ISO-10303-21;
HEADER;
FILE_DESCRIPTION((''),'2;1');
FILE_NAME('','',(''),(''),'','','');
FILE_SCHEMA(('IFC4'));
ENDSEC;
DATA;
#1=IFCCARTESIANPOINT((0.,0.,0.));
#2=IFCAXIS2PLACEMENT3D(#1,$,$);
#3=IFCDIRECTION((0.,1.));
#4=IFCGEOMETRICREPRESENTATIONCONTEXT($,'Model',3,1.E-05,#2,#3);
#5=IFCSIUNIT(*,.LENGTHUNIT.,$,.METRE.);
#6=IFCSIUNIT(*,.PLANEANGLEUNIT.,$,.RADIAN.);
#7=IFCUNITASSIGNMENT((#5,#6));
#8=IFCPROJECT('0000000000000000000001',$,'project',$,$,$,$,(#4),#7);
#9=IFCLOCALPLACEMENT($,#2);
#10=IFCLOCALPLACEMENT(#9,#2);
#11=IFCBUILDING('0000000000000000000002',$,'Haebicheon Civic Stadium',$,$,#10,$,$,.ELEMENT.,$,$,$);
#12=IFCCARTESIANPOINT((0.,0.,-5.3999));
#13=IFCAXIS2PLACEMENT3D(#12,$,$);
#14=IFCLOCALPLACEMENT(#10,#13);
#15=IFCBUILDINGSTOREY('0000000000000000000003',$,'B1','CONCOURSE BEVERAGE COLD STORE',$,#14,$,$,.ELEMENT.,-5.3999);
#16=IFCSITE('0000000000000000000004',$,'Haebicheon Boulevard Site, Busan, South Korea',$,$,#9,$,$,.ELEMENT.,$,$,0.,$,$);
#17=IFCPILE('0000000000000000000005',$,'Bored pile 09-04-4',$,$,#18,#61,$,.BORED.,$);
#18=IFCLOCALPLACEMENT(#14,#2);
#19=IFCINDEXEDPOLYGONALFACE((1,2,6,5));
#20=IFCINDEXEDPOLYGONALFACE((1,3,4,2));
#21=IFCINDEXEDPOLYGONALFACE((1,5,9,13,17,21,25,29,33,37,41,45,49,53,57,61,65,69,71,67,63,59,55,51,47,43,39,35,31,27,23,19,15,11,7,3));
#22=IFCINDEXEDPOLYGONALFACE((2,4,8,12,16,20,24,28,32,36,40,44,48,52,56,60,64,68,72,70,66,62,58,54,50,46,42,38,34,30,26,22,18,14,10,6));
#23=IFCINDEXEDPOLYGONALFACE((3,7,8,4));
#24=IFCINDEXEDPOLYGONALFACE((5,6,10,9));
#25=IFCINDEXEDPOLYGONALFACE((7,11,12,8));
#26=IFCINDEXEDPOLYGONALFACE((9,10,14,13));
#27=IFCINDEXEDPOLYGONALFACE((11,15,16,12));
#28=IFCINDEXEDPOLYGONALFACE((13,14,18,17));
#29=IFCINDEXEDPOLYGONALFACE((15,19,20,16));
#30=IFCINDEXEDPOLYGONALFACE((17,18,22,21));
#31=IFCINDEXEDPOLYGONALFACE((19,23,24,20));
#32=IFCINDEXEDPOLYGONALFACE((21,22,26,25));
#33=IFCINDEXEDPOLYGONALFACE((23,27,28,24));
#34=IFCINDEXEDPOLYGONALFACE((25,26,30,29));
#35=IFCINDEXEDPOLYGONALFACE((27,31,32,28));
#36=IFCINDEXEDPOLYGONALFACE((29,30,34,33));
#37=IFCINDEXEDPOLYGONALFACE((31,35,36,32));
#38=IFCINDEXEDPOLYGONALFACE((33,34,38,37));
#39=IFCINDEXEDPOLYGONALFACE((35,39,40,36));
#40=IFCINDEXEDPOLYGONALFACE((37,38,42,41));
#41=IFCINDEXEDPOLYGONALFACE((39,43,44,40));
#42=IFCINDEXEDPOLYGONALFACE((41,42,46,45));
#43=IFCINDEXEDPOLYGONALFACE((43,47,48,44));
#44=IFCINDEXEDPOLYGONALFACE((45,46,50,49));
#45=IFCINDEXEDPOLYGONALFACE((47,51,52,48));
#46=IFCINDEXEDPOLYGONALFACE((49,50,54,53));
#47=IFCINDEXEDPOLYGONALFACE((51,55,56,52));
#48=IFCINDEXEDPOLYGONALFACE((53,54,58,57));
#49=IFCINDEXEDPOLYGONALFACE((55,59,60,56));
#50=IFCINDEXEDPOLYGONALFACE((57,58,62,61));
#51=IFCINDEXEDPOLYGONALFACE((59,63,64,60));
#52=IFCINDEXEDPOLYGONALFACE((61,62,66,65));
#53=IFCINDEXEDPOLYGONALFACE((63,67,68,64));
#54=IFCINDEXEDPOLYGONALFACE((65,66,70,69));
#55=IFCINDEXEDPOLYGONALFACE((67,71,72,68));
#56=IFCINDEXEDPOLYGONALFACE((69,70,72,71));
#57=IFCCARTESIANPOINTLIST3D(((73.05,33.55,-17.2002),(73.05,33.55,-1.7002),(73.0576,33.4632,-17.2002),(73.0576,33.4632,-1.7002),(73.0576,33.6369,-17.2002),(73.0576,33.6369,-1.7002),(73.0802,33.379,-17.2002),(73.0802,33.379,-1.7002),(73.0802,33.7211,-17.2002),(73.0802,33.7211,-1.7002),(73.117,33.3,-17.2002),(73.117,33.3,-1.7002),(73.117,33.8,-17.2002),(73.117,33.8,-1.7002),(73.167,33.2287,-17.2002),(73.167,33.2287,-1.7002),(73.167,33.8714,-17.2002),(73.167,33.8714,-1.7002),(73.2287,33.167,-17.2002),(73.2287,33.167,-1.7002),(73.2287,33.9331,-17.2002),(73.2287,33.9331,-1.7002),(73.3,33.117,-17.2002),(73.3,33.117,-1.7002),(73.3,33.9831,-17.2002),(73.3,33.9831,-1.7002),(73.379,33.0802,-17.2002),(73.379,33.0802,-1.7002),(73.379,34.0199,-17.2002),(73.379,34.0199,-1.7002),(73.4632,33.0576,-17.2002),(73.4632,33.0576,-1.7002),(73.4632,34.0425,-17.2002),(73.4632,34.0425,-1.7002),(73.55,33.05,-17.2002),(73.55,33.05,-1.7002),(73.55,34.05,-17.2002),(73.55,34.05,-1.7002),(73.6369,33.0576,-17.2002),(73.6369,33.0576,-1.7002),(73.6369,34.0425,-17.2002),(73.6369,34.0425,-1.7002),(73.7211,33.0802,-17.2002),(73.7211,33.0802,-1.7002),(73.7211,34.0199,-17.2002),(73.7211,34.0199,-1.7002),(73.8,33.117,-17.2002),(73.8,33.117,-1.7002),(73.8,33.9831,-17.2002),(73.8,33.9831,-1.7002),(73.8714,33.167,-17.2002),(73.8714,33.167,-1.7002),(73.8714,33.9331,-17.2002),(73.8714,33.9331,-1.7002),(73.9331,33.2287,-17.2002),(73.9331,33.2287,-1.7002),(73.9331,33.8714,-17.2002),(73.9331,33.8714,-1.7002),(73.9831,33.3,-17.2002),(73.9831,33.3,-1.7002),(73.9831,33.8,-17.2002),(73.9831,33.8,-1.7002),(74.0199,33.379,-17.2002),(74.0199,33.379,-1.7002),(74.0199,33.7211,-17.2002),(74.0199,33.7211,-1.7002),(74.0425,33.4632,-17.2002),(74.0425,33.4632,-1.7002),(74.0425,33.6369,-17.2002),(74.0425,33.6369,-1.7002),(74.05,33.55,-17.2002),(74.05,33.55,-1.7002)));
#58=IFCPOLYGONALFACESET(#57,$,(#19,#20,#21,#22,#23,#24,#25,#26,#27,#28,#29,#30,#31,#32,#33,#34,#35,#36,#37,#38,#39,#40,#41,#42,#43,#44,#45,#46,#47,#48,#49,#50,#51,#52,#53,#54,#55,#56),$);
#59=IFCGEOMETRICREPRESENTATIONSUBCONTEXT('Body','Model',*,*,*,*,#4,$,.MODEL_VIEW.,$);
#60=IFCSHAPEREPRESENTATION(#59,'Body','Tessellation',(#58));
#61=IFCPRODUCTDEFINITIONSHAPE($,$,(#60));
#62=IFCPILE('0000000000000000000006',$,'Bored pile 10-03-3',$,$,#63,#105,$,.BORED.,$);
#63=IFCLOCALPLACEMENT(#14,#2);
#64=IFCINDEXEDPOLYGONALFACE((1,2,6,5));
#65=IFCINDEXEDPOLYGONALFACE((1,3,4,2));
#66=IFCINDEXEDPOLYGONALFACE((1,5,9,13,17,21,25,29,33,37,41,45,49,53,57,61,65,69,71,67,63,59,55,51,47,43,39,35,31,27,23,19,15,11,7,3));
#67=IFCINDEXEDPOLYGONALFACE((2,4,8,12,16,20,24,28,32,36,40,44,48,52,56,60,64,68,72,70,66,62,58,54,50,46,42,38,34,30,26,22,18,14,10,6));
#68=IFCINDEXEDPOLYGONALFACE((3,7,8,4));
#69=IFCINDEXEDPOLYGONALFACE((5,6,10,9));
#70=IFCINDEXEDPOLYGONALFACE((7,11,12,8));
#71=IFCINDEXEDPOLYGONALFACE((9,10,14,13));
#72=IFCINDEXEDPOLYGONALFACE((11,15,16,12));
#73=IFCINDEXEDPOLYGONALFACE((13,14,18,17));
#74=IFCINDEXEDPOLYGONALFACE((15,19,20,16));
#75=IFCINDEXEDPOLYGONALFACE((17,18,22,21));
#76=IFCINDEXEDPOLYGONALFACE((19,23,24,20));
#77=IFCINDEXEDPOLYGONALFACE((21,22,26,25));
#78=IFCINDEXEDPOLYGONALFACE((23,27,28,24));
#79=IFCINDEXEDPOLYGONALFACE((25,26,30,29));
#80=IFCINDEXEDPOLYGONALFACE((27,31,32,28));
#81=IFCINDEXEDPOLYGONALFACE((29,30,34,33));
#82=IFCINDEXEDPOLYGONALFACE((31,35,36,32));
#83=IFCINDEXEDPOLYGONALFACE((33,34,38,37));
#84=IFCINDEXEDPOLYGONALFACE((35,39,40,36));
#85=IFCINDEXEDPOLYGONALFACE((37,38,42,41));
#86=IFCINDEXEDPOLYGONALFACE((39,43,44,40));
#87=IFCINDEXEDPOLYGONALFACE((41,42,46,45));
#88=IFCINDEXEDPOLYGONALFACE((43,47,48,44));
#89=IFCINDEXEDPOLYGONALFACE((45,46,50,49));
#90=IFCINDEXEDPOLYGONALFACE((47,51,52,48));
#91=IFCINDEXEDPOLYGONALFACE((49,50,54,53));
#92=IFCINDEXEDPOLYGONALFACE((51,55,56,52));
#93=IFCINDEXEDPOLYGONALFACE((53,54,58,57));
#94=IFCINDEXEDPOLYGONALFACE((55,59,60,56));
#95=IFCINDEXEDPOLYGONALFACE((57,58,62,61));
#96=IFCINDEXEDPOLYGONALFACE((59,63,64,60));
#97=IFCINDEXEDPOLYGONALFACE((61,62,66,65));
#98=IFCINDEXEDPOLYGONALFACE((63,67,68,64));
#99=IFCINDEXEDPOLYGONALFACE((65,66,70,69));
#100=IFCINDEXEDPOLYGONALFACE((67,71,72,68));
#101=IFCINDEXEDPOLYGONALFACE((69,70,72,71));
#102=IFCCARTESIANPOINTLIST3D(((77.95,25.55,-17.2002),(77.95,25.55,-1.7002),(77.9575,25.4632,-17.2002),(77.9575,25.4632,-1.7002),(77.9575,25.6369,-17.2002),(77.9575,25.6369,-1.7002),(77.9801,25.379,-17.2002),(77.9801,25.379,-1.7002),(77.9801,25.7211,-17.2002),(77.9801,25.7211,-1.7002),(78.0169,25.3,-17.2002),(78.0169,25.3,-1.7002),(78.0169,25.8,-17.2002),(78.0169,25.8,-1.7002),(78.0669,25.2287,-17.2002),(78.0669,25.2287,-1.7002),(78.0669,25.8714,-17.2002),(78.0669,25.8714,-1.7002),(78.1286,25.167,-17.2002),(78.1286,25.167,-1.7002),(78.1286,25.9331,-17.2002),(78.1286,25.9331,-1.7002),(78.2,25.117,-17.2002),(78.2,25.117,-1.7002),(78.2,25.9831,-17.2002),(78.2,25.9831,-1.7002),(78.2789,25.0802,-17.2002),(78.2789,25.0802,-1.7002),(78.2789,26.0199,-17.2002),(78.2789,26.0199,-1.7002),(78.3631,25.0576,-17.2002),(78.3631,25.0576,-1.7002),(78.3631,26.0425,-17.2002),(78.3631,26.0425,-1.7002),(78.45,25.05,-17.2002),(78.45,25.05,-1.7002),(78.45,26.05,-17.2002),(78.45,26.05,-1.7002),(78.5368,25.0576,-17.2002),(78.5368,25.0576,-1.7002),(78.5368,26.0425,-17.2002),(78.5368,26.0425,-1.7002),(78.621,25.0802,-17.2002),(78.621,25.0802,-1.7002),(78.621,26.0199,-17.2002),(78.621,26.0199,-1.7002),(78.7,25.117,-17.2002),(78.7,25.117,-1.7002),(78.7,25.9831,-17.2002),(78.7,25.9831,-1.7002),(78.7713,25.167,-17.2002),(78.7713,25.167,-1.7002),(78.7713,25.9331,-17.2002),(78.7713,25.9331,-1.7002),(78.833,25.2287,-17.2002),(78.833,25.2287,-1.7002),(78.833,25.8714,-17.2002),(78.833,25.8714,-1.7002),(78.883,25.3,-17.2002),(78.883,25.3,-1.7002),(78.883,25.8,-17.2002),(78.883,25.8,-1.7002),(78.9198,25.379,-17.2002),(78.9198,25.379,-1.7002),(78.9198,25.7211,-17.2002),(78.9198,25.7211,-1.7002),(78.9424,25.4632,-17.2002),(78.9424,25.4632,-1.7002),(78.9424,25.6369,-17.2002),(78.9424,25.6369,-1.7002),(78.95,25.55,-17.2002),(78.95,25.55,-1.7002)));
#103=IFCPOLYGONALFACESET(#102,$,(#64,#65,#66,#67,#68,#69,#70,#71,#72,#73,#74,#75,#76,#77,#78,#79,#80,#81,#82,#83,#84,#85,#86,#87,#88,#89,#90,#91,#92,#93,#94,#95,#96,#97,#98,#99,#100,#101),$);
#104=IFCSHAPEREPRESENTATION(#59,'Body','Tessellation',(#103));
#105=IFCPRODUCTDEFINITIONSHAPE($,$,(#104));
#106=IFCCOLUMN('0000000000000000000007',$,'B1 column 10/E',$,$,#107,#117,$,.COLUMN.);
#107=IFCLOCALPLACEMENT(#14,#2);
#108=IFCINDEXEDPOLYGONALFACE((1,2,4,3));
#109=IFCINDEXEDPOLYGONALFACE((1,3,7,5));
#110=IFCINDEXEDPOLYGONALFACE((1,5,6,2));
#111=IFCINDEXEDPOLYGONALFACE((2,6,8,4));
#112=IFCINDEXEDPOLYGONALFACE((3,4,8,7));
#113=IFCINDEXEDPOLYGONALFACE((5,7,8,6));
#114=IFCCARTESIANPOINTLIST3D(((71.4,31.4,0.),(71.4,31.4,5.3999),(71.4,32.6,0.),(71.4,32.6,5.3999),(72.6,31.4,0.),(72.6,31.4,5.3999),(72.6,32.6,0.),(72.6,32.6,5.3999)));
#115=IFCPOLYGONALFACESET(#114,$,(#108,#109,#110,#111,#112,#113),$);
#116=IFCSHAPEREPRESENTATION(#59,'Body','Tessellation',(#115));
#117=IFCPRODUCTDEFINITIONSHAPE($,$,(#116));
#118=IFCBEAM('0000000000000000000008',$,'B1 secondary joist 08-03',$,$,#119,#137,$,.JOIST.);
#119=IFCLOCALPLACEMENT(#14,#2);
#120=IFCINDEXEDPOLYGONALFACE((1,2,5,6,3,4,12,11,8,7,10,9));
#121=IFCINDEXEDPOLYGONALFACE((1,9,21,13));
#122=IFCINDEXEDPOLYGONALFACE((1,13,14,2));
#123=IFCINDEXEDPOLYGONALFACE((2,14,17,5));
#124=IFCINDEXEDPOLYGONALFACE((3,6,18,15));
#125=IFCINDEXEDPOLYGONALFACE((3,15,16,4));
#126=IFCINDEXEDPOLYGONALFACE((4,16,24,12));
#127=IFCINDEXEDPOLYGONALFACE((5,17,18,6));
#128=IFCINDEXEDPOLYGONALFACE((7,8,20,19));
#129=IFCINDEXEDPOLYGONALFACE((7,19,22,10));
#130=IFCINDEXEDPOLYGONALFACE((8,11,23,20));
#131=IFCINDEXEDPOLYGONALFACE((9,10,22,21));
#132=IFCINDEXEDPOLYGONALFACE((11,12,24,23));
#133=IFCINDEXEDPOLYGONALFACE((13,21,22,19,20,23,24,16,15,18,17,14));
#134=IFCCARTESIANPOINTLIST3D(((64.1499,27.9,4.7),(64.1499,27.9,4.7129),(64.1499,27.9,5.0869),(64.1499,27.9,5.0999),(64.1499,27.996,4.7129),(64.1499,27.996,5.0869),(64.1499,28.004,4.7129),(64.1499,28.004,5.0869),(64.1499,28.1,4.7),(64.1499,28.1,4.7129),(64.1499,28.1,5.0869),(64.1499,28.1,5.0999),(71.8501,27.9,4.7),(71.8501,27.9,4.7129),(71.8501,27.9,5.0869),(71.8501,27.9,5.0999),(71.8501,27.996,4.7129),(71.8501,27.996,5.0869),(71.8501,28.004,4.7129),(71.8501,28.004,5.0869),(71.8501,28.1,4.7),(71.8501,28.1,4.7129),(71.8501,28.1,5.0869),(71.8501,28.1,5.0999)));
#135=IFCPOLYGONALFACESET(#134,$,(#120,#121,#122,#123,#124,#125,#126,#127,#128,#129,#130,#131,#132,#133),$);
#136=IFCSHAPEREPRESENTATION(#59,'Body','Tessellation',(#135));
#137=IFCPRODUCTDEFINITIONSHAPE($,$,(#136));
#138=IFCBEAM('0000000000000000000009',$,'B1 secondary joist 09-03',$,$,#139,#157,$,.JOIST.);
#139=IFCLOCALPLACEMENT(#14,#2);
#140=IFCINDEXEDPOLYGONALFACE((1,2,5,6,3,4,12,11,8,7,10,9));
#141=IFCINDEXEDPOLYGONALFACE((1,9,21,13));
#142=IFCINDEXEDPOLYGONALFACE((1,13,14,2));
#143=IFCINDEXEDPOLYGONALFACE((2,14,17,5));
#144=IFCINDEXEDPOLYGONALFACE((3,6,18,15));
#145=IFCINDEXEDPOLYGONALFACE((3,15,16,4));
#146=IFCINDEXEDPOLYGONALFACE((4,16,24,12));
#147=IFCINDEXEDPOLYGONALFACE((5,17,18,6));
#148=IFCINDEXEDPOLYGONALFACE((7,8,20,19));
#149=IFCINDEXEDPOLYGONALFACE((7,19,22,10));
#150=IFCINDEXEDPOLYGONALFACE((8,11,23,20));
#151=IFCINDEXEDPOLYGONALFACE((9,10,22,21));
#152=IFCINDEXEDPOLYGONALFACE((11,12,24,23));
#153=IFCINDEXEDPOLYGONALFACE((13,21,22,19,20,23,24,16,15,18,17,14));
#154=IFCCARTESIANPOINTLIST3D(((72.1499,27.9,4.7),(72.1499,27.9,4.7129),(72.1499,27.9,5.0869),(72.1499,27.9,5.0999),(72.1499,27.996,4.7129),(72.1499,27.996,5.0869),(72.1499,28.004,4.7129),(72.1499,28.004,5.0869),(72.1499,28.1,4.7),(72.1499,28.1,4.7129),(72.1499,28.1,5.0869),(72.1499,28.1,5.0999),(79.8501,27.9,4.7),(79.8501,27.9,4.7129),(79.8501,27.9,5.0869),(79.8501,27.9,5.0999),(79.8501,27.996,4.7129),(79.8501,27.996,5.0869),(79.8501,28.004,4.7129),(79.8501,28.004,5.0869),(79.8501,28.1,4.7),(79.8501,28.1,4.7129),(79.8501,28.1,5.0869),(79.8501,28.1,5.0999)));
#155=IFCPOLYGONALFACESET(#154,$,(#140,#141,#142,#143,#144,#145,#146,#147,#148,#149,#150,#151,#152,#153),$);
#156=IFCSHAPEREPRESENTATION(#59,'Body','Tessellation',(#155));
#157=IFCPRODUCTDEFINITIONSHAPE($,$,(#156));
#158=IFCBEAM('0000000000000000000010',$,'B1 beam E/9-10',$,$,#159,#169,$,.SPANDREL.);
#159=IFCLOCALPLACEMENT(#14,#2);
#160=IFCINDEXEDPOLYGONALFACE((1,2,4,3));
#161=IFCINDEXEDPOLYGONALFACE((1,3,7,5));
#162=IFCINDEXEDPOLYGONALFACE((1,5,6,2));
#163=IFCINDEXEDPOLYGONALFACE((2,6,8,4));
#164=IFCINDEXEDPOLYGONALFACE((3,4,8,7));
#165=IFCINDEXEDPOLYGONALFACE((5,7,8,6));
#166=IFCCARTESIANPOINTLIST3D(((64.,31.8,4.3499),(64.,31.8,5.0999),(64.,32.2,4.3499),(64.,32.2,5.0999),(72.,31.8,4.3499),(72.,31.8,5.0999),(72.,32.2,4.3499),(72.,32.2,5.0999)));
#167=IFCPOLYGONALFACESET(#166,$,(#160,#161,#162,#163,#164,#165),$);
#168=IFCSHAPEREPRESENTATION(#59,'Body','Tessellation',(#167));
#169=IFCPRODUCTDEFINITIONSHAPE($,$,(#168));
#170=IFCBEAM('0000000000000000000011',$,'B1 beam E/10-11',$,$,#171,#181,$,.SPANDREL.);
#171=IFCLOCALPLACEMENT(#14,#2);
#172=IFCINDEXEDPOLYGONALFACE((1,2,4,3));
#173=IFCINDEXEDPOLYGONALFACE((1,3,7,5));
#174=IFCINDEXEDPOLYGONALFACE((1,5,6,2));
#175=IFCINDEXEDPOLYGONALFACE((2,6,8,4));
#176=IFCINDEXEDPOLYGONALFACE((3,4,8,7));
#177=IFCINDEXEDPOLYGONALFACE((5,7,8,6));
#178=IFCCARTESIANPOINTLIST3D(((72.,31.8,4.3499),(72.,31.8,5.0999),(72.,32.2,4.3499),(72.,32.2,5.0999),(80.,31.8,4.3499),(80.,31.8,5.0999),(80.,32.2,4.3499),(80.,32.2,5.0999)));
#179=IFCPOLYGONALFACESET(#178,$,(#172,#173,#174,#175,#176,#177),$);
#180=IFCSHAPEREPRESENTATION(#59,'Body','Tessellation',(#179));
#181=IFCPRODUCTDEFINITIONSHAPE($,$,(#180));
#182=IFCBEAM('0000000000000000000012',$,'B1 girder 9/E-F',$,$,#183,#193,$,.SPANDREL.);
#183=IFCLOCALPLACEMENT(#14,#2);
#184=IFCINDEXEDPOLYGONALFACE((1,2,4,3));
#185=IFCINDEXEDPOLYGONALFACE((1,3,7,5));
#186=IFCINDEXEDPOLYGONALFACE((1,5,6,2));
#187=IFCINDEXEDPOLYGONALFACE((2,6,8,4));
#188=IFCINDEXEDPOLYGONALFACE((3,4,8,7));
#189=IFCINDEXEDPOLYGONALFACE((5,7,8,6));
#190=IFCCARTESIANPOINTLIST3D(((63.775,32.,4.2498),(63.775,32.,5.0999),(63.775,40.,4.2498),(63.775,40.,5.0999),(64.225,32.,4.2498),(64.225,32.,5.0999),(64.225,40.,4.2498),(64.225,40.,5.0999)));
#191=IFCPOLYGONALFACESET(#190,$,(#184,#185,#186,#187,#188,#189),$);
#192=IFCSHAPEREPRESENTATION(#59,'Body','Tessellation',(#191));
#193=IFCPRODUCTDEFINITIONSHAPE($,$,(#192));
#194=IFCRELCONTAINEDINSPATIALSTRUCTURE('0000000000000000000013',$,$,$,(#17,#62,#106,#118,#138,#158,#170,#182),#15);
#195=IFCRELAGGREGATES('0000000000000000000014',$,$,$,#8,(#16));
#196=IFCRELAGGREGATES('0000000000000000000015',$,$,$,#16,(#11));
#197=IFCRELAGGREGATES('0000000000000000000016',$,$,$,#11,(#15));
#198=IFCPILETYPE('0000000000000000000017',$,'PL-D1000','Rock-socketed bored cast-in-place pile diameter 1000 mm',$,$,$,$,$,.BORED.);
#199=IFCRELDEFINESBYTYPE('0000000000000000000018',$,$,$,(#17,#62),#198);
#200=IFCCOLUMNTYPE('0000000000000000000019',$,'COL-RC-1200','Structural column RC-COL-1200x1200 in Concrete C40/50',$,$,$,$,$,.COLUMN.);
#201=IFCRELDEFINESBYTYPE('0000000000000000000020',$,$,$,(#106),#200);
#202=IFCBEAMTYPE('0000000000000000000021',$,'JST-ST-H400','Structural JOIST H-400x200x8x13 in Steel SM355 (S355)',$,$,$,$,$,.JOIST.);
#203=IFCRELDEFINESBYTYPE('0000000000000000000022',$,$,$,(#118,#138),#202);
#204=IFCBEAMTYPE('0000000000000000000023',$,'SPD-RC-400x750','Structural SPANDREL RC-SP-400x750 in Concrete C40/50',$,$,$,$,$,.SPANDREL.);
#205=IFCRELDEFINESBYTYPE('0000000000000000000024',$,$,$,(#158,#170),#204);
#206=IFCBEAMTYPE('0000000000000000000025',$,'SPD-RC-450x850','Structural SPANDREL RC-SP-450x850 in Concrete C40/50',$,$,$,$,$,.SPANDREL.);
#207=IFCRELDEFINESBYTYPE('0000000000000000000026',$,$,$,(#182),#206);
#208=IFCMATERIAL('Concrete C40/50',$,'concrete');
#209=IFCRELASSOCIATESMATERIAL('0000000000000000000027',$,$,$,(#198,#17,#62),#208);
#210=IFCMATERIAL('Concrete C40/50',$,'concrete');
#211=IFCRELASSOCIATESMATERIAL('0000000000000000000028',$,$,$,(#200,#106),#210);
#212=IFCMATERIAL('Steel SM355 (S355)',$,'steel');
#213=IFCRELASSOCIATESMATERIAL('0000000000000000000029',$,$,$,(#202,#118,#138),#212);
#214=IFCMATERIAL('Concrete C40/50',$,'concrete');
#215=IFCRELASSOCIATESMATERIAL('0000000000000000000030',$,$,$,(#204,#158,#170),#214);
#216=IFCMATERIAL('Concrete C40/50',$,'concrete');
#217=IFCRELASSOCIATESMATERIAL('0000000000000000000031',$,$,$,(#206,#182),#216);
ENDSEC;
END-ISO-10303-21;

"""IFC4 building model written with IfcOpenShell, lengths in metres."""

from ifc_helpers import new_model, si_unit, direction, frame, origin, origin_2d, place, context, subcontext, project, spatial, rectangle, circle, i_section, extrude, material, material_profile, profile_set, type_object, element, save


model = new_model("IFC4")

# Units and contexts
model_context = context("Model", 3, precision=1e-05, world=origin(), true_north=direction((0.0, 1.0)))
body_context = subcontext(model_context, "Body", "Model", "MODEL_VIEW")
ifc_project = project(units=[si_unit("LENGTHUNIT", "METRE"), si_unit("PLANEANGLEUNIT", "RADIAN")], contexts=[model_context])

# Site, building, storey
site_placement = place(None, origin())
site = spatial("IfcSite", under=ifc_project, at=site_placement, Name="Haebicheon Boulevard Site, Busan, South Korea", CompositionType="ELEMENT", RefElevation=0.0)
building_placement = place(site_placement, origin())
building = spatial("IfcBuilding", under=site, at=building_placement, Name="Haebicheon Civic Stadium", CompositionType="ELEMENT")
storey_placement = place(building_placement, frame((0.0, 0.0, -5.3999)))
storey = spatial("IfcBuildingStorey", under=building, at=storey_placement, Name="B1", Description="CONCOURSE BEVERAGE COLD STORE", CompositionType="ELEMENT", Elevation=-5.3999)

# Piles
ifc_material_1 = material(Name="Concrete C40/50", Category="concrete")
ifc_material_profile_1 = material_profile(ifc_material_1, circle(Radius=0.5, at=origin_2d()), Name="PILE-D1000")
ifc_profile_set_1 = profile_set([ifc_material_profile_1], Name="Concrete C40/50")
pile_type = type_object("IfcPileType", Name="PL-D1000", Description="Rock-socketed bored cast-in-place pile diameter 1000 mm", PredefinedType="BORED", material=ifc_profile_set_1)
for number, where, z_axis, x_axis, name in (
    (1, (73.55, 33.55, -1.7002), (0.0, 0.0, -1.0), (1.0, 0.0, 0.0), "Bored pile 09-04-4"),
    (2, (78.45, 25.55, -1.7002), (0.0, 0.0, -1.0), (1.0, 0.0, 0.0), "Bored pile 10-03-3"),
):
    element("IfcPile", number, at=place(storey_placement, frame(where, z_axis=z_axis, x_axis=x_axis)), inside=storey, type_object=pile_type, material=ifc_profile_set_1, Name=name, PredefinedType="BORED", context=body_context, shape_type="SweptSolid", body=[
        extrude(circle(Radius=0.5, at=origin_2d()), origin(), (0.0, 0.0, 1.0), 15.5),
    ])

# Column
ifc_material_2 = material(Name="Concrete C40/50", Category="concrete")
ifc_material_profile_2 = material_profile(ifc_material_2, rectangle(XDim=1.2, YDim=1.2, at=origin_2d()), Name="RC-COL-1200x1200")
ifc_profile_set_2 = profile_set([ifc_material_profile_2], Name="Concrete C40/50")
column_type = type_object("IfcColumnType", Name="COL-RC-1200", Description="Structural column RC-COL-1200x1200 in Concrete C40/50", PredefinedType="COLUMN", material=ifc_profile_set_2)
column_placement = place(storey_placement, frame((72.0, 32.0, 0.0), z_axis=(0.0, 0.0, 1.0), x_axis=(1.0, 0.0, 0.0)))
element("IfcColumn", 3, at=column_placement, inside=storey, type_object=column_type, material=ifc_profile_set_2, Name="B1 column 10/E", PredefinedType="COLUMN", context=body_context, shape_type="SweptSolid", body=[
    extrude(rectangle(XDim=1.2, YDim=1.2, at=origin_2d()), origin(), (0.0, 0.0, 1.0), 5.3999),
])

# Beams
ifc_material_3 = material(Name="Steel SM355 (S355)", Category="steel")
ifc_material_profile_3 = material_profile(ifc_material_3, i_section(OverallWidth=0.2, OverallDepth=0.3999, WebThickness=0.0081, FlangeThickness=0.0129, at=origin_2d()), Name="H-400x200x8x13")
ifc_profile_set_3 = profile_set([ifc_material_profile_3], Name="Steel SM355 (S355)")
beam_type_1 = type_object("IfcBeamType", Name="JST-ST-H400", Description="Structural JOIST H-400x200x8x13 in Steel SM355 (S355)", PredefinedType="JOIST", material=ifc_profile_set_3)
for number, where, z_axis, x_axis, name in (
    (4, (64.1499, 28.0, 4.8999), (1.0, 0.0, 0.0), (0.0, 1.0, 0.0), "B1 secondary joist 08-03"),
    (5, (72.1499, 28.0, 4.8999), (1.0, 0.0, 0.0), (0.0, 1.0, 0.0), "B1 secondary joist 09-03"),
):
    element("IfcBeam", number, at=place(storey_placement, frame(where, z_axis=z_axis, x_axis=x_axis)), inside=storey, type_object=beam_type_1, material=ifc_profile_set_3, Name=name, PredefinedType="JOIST", context=body_context, shape_type="SweptSolid", body=[
        extrude(i_section(OverallWidth=0.2, OverallDepth=0.3999, WebThickness=0.0081, FlangeThickness=0.0129, at=origin_2d()), origin(), (0.0, 0.0, 1.0), 7.7002),
    ])
ifc_material_4 = material(Name="Concrete C40/50", Category="concrete")
ifc_material_profile_4 = material_profile(ifc_material_4, rectangle(XDim=0.3999, YDim=0.75, at=origin_2d()), Name="RC-SP-400x750")
ifc_profile_set_4 = profile_set([ifc_material_profile_4], Name="Concrete C40/50")
beam_type_2 = type_object("IfcBeamType", Name="SPD-RC-400x750", Description="Structural SPANDREL RC-SP-400x750 in Concrete C40/50", PredefinedType="SPANDREL", material=ifc_profile_set_4)
for number, where, z_axis, x_axis, name in (
    (6, (64.0, 32.0, 4.7249), (1.0, 0.0, 0.0), (0.0, 1.0, 0.0), "B1 beam E/9-10"),
    (7, (72.0, 32.0, 4.7249), (1.0, 0.0, 0.0), (0.0, 1.0, 0.0), "B1 beam E/10-11"),
):
    element("IfcBeam", number, at=place(storey_placement, frame(where, z_axis=z_axis, x_axis=x_axis)), inside=storey, type_object=beam_type_2, material=ifc_profile_set_4, Name=name, PredefinedType="SPANDREL", context=body_context, shape_type="SweptSolid", body=[
        extrude(rectangle(XDim=0.3999, YDim=0.75, at=origin_2d()), origin(), (0.0, 0.0, 1.0), 8.0),
    ])
ifc_material_5 = material(Name="Concrete C40/50", Category="concrete")
ifc_material_profile_5 = material_profile(ifc_material_5, rectangle(XDim=0.45, YDim=0.8501, at=origin_2d()), Name="RC-SP-450x850")
ifc_profile_set_5 = profile_set([ifc_material_profile_5], Name="Concrete C40/50")
beam_type_3 = type_object("IfcBeamType", Name="SPD-RC-450x850", Description="Structural SPANDREL RC-SP-450x850 in Concrete C40/50", PredefinedType="SPANDREL", material=ifc_profile_set_5)
beam_placement = place(storey_placement, frame((64.0, 32.0, 4.6748), z_axis=(0.0, 1.0, 0.0), x_axis=(-1.0, 0.0, 0.0)))
element("IfcBeam", 8, at=beam_placement, inside=storey, type_object=beam_type_3, material=ifc_profile_set_5, Name="B1 girder 9/E-F", PredefinedType="SPANDREL", context=body_context, shape_type="SweptSolid", body=[
    extrude(rectangle(XDim=0.45, YDim=0.8501, at=origin_2d()), origin(), (0.0, 0.0, 1.0), 8.0),
])

save(model, "model.ifc")
